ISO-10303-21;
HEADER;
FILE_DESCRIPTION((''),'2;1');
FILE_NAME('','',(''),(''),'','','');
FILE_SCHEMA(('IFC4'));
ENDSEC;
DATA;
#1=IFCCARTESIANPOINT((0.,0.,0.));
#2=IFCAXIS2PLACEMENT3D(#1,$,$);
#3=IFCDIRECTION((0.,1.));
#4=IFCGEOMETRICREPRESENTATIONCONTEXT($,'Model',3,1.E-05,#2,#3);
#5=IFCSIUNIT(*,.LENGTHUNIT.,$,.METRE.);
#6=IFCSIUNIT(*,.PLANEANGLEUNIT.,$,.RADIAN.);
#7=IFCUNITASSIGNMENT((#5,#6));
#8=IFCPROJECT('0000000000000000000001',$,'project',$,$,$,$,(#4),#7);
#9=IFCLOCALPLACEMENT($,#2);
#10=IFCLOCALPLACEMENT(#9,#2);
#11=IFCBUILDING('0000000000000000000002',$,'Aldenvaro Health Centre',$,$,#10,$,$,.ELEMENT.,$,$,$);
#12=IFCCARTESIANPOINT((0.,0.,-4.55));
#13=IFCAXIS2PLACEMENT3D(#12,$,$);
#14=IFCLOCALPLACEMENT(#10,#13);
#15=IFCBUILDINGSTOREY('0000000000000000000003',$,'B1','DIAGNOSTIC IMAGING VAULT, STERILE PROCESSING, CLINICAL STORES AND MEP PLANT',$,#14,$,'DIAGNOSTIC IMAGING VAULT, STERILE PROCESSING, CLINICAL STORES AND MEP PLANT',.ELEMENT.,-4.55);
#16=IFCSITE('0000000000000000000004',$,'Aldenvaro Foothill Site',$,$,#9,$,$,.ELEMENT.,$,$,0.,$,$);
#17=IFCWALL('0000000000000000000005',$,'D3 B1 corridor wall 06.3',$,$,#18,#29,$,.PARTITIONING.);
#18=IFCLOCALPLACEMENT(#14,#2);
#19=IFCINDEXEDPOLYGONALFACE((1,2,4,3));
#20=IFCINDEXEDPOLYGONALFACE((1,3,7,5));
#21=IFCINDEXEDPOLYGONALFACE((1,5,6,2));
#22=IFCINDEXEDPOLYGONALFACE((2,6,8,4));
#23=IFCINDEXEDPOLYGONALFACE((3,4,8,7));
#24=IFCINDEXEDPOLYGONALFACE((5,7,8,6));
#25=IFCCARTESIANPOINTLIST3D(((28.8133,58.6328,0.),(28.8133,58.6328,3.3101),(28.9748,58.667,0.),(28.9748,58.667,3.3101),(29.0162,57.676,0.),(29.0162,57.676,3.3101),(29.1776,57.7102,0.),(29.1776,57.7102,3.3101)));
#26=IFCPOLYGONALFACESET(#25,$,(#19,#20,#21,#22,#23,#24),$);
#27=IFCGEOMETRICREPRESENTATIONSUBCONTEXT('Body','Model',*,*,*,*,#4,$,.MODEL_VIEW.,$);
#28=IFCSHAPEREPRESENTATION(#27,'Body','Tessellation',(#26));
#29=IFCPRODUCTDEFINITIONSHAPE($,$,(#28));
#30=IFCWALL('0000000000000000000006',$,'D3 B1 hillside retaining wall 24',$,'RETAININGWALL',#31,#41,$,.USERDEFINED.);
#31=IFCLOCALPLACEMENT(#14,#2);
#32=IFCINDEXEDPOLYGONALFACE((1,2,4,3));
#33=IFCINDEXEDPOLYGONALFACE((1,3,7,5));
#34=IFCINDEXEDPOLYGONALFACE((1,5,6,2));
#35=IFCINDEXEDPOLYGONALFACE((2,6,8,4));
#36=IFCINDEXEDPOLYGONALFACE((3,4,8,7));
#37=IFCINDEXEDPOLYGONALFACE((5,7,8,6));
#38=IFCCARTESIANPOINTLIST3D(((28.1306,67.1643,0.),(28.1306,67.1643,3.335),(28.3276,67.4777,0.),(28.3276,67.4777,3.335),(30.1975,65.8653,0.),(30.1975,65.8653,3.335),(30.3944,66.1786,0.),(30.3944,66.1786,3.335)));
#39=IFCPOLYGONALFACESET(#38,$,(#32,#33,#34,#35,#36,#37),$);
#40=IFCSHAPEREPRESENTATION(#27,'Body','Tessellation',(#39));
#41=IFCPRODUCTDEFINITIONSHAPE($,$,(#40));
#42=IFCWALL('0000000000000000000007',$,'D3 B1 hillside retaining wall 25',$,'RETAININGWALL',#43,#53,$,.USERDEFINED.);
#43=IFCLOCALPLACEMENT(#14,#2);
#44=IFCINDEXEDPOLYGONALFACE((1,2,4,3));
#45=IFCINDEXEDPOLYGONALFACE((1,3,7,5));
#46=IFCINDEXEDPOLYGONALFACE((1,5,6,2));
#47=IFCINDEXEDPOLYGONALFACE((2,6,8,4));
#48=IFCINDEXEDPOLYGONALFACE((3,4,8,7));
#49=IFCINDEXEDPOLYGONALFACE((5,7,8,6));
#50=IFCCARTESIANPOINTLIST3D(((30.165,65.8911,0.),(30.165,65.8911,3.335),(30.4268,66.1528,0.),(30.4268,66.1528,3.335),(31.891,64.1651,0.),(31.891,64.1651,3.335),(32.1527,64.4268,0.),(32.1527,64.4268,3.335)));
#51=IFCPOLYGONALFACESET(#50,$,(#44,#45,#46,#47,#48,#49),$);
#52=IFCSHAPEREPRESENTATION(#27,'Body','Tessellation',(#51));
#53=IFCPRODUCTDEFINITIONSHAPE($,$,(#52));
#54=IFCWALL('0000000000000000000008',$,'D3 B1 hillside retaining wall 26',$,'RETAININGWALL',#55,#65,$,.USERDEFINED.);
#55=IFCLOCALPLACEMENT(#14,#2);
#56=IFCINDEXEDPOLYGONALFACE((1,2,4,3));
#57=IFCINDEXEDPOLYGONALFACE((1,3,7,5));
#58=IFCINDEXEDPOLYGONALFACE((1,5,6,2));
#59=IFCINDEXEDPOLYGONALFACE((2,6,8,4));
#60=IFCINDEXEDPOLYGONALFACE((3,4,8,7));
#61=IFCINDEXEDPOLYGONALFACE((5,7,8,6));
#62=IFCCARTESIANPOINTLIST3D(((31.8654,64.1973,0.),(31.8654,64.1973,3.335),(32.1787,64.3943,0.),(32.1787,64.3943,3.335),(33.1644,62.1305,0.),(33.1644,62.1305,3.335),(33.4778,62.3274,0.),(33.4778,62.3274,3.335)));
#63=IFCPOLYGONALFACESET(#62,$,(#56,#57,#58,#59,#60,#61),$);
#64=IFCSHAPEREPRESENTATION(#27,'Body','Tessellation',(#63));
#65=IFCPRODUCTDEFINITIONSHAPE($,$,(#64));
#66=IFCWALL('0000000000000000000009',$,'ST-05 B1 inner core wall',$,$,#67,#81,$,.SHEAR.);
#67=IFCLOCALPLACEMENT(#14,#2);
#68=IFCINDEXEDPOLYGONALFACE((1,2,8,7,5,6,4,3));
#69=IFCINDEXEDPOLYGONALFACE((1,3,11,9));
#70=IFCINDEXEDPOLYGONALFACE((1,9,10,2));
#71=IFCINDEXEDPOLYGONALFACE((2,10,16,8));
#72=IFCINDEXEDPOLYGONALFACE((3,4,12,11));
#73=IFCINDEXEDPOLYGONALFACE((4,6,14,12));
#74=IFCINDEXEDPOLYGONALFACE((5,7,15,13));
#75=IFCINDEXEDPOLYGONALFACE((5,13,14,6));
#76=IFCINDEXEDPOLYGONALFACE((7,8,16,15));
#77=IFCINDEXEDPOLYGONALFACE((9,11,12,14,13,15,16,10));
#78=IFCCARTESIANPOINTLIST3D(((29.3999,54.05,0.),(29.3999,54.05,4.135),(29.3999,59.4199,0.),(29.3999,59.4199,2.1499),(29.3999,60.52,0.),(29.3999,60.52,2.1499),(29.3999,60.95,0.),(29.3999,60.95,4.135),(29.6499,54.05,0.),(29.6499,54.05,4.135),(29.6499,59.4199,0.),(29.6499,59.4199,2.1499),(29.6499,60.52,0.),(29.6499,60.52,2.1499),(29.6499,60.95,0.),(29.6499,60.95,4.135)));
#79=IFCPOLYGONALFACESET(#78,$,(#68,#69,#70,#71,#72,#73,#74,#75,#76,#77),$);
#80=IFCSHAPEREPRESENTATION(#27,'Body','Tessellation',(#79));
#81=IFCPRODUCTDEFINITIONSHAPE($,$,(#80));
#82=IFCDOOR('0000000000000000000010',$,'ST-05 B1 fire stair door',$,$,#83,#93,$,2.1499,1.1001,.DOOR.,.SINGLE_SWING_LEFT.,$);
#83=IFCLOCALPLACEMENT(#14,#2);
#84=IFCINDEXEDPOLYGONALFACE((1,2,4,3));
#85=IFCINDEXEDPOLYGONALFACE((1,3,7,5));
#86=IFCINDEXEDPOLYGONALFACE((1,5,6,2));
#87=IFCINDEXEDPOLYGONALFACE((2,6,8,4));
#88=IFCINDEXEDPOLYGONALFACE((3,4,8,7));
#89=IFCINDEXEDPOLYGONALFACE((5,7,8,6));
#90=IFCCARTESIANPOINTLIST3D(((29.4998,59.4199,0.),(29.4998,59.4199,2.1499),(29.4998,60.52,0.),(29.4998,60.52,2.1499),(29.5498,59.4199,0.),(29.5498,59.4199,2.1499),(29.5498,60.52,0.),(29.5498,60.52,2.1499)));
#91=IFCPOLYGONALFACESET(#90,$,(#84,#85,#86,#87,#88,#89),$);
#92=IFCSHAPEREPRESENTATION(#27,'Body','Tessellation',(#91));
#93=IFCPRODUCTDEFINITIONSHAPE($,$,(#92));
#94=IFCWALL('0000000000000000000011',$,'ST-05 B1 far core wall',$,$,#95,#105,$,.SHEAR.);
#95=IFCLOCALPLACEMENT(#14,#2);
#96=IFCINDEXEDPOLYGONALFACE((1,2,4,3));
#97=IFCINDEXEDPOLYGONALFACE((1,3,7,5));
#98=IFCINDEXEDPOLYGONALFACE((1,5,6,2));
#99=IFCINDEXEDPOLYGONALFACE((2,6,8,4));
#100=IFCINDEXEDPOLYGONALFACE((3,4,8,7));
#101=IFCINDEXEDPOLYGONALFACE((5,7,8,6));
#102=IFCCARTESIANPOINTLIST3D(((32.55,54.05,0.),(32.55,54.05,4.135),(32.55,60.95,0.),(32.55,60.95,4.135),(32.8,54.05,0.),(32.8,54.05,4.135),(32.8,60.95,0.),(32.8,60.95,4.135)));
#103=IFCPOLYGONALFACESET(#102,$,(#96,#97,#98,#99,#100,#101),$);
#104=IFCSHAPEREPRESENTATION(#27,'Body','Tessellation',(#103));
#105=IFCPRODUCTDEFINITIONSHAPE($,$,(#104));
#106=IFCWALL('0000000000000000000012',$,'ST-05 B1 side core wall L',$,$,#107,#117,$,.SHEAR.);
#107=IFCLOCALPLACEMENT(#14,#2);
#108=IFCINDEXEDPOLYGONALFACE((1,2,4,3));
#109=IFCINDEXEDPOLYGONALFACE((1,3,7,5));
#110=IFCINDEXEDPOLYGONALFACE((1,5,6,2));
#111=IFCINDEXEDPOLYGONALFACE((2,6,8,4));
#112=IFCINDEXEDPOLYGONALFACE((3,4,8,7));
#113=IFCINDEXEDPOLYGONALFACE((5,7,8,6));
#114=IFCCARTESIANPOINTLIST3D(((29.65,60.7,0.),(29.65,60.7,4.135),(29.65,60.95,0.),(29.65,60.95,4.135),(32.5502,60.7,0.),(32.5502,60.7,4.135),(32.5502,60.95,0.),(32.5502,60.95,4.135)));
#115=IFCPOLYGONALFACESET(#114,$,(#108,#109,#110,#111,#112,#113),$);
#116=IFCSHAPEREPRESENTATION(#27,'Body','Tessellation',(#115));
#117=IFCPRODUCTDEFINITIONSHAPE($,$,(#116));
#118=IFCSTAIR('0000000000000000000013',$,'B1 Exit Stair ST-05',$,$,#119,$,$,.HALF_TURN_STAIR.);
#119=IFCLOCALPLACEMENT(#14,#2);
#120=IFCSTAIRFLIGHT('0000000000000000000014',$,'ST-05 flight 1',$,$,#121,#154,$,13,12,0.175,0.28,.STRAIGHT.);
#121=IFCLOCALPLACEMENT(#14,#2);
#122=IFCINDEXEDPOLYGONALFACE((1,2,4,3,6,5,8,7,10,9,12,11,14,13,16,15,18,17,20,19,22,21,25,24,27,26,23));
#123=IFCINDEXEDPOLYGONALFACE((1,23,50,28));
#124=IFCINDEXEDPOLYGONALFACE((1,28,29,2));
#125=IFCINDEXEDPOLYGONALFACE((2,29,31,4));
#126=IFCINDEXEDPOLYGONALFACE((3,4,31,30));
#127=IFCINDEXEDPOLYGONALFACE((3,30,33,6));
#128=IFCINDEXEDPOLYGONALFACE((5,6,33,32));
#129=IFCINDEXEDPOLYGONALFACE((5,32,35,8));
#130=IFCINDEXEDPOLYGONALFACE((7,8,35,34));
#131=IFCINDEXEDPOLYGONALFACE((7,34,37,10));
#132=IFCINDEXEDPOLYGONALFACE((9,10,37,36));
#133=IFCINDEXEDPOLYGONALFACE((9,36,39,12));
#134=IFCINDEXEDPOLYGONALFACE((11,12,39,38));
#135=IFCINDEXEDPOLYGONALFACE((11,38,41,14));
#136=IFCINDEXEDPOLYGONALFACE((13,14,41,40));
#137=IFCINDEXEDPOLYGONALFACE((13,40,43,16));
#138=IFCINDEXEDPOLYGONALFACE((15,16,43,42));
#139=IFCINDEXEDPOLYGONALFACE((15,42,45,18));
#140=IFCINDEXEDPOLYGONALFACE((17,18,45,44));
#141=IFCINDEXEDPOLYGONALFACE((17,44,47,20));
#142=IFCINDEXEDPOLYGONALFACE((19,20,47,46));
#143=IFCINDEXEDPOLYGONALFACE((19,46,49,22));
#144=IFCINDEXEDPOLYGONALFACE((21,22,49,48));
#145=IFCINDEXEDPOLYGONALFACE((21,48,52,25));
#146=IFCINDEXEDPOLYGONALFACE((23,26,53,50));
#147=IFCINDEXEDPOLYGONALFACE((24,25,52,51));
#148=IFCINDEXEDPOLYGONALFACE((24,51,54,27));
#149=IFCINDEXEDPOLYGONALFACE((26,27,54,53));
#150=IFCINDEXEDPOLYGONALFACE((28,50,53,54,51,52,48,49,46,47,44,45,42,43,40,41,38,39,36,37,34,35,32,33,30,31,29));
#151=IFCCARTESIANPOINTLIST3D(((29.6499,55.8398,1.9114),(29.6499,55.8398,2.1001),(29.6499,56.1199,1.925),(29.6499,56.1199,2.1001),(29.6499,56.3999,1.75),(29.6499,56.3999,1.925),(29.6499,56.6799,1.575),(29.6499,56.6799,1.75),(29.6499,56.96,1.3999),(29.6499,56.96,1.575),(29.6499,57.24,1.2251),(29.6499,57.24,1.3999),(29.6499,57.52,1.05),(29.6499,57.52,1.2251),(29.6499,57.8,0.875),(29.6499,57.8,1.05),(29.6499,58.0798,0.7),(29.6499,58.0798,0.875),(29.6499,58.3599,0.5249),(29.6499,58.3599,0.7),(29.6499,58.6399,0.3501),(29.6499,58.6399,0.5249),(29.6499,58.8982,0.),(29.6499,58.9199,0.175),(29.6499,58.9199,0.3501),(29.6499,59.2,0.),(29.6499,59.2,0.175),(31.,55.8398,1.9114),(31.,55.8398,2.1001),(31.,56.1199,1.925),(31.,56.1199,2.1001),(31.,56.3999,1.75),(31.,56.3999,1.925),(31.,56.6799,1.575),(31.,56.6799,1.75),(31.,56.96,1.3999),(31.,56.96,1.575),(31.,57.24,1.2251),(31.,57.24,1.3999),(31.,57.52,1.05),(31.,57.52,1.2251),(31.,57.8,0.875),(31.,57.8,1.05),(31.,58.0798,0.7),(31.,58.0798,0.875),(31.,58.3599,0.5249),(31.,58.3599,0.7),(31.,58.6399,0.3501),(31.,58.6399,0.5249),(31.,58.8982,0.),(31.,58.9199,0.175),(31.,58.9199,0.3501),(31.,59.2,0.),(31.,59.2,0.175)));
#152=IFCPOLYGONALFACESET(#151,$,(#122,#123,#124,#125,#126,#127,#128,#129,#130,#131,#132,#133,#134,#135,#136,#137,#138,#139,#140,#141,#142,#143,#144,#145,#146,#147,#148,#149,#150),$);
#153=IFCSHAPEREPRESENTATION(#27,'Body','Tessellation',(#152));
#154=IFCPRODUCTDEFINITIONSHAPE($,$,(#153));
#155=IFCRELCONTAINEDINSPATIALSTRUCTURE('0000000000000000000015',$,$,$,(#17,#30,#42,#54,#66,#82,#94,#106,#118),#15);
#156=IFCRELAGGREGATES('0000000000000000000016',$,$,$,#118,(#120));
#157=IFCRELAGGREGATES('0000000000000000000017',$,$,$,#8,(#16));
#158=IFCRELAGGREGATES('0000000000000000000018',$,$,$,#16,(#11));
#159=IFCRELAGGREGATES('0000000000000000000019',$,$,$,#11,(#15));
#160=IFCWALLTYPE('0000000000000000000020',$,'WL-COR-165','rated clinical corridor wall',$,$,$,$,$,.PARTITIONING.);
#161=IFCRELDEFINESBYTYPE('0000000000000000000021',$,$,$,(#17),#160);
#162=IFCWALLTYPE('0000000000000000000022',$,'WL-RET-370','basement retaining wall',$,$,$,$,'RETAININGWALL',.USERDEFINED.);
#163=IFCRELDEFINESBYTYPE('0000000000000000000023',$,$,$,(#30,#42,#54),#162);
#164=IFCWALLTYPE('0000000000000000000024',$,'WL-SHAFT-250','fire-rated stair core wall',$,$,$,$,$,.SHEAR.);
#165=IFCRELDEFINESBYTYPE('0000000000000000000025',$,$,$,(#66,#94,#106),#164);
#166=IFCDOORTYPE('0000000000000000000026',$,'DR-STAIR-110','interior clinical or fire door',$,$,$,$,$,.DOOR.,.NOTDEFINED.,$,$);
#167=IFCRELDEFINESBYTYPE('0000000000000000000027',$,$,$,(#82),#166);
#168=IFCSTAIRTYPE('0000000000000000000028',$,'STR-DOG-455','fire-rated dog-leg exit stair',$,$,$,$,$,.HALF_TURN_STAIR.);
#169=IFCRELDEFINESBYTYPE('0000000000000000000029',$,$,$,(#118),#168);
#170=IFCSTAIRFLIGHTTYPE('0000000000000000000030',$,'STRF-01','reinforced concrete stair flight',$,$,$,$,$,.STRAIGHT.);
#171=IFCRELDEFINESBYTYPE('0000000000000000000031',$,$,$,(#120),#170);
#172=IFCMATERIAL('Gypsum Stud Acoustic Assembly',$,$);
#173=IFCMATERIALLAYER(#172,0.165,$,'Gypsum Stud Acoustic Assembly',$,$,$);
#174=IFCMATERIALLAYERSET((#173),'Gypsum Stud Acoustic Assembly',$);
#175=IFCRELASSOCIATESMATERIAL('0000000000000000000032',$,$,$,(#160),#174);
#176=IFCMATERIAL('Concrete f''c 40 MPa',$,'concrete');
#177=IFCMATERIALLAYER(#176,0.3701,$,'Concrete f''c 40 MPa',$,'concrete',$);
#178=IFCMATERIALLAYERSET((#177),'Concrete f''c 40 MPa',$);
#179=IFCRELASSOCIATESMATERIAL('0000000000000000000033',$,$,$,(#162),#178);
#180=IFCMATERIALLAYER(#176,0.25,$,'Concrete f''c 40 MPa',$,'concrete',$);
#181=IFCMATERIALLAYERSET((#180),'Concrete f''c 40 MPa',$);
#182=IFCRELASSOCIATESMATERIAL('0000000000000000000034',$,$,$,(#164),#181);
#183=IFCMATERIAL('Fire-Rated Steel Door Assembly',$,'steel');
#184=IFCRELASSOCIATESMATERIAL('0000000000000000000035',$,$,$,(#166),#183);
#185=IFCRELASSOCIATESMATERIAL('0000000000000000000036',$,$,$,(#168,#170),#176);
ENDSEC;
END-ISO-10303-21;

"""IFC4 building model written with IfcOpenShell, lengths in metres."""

from ifc_helpers import new_model, si_unit, direction, frame, frame_2d, origin, place, context, subcontext, project, spatial, polyline, rectangle, outline, extrude, material, layer, layer_set, type_object, element, fill, aggregate, save


model = new_model("IFC4")

# Units and contexts
model_context = context("Model", 3, precision=1e-05, world=origin(), true_north=direction((0.0, 1.0)))
body_context = subcontext(model_context, "Body", "Model", "MODEL_VIEW")
ifc_project = project(units=[si_unit("LENGTHUNIT", "METRE"), si_unit("PLANEANGLEUNIT", "RADIAN")], contexts=[model_context])

# Site, building, storey
site_placement = place(None, origin())
site = spatial("IfcSite", under=ifc_project, at=site_placement, Name="Aldenvaro Foothill Site", CompositionType="ELEMENT", RefElevation=0.0)
building_placement = place(site_placement, origin())
building = spatial("IfcBuilding", under=site, at=building_placement, Name="Aldenvaro Health Centre", CompositionType="ELEMENT")
storey_placement = place(building_placement, frame((0.0, 0.0, -4.55)))
storey = spatial("IfcBuildingStorey", under=building, at=storey_placement, Name="B1", Description="DIAGNOSTIC IMAGING VAULT, STERILE PROCESSING, CLINICAL STORES AND MEP PLANT", LongName="DIAGNOSTIC IMAGING VAULT, STERILE PROCESSING, CLINICAL STORES AND MEP PLANT", CompositionType="ELEMENT", Elevation=-4.55)

# Shared definitions
ifc_material_1 = material(Name="Concrete f'c 40 MPa", Category="concrete")

# Walls
ifc_material_2 = material(Name="Gypsum Stud Acoustic Assembly")
ifc_layer_1 = layer(ifc_material_2, 0.165, Name="Gypsum Stud Acoustic Assembly")
ifc_layer_set_1 = layer_set([ifc_layer_1], Name="Gypsum Stud Acoustic Assembly")
wall_type_1 = type_object("IfcWallType", Name="WL-COR-165", Description="rated clinical corridor wall", PredefinedType="PARTITIONING", material=ifc_layer_set_1)
wall_1_placement = place(storey_placement, frame((29.0969, 57.6931, 0.0), z_axis=(0.0, 0.0, 1.0), x_axis=(-0.207432, 0.978249, 0.0)))
element("IfcWall", 1, at=wall_1_placement, inside=storey, type_object=wall_type_1, Name="D3 B1 corridor wall 06.3", PredefinedType="PARTITIONING", context=body_context, shape_type="SweptSolid", body=[
    extrude(rectangle(XDim=0.978, YDim=0.165, at=frame_2d((0.489, 0.0))), origin(), (0.0, 0.0, 1.0), 3.3101),
])
ifc_layer_2 = layer(ifc_material_1, 0.3701, Name="Concrete f'c 40 MPa", Category="concrete")
ifc_layer_set_2 = layer_set([ifc_layer_2], Name="Concrete f'c 40 MPa")
wall_type_2 = type_object("IfcWallType", Name="WL-RET-370", Description="basement retaining wall", ElementType="RETAININGWALL", PredefinedType="USERDEFINED", material=ifc_layer_set_2)
wall_2_placement = place(storey_placement, frame((28.229, 67.321, 0.0), z_axis=(0.0, 0.0, 1.0), x_axis=(0.846658, -0.532137, 0.0)))
element("IfcWall", 2, at=wall_2_placement, inside=storey, type_object=wall_type_2, Name="D3 B1 hillside retaining wall 24", ObjectType="RETAININGWALL", PredefinedType="USERDEFINED", context=body_context, shape_type="SweptSolid", body=[
    extrude(rectangle(XDim=2.4412, YDim=0.3701, at=frame_2d((1.2207, 0.0))), origin(), (0.0, 0.0, 1.0), 3.335),
])
wall_3_placement = place(storey_placement, frame((30.2959, 66.022, 0.0), z_axis=(0.0, 0.0, 1.0), x_axis=(0.707107, -0.707107, 0.0)))
element("IfcWall", 3, at=wall_3_placement, inside=storey, type_object=wall_type_2, Name="D3 B1 hillside retaining wall 25", ObjectType="RETAININGWALL", PredefinedType="USERDEFINED", context=body_context, shape_type="SweptSolid", body=[
    extrude(rectangle(XDim=2.4409, YDim=0.3701, at=frame_2d((1.2205, 0.0))), origin(), (0.0, 0.0, 1.0), 3.335),
])
wall_4_placement = place(storey_placement, frame((32.022, 64.2959, 0.0), z_axis=(0.0, 0.0, 1.0), x_axis=(0.532137, -0.846658, 0.0)))
element("IfcWall", 4, at=wall_4_placement, inside=storey, type_object=wall_type_2, Name="D3 B1 hillside retaining wall 26", ObjectType="RETAININGWALL", PredefinedType="USERDEFINED", context=body_context, shape_type="SweptSolid", body=[
    extrude(rectangle(XDim=2.4412, YDim=0.3701, at=frame_2d((1.2207, 0.0))), origin(), (0.0, 0.0, 1.0), 3.335),
])

# Wall, opening, door
ifc_layer_3 = layer(ifc_material_1, 0.25, Name="Concrete f'c 40 MPa", Category="concrete")
ifc_layer_set_3 = layer_set([ifc_layer_3], Name="Concrete f'c 40 MPa")
wall_type_3 = type_object("IfcWallType", Name="WL-SHAFT-250", Description="fire-rated stair core wall", PredefinedType="SHEAR", material=ifc_layer_set_3)
wall_5_placement = place(storey_placement, frame((29.5249, 60.95, 0.0), z_axis=(0.0, 0.0, 1.0), x_axis=(0.0, -1.0, 0.0)))
wall_5 = element("IfcWall", 5, at=wall_5_placement, inside=storey, type_object=wall_type_3, Name="ST-05 B1 inner core wall", PredefinedType="SHEAR", context=body_context, shape_type="SweptSolid", body=[
    extrude(rectangle(XDim=6.8999, YDim=0.25, at=frame_2d((3.45, 0.0))), origin(), (0.0, 0.0, 1.0), 4.135),
])
opening_placement = place(wall_5_placement, frame((0.4299, 0.0, 0.0)))
opening = element("IfcOpeningElement", 6, at=opening_placement, cuts=wall_5, PredefinedType="OPENING", context=body_context, shape_type="SweptSolid", body=[
    extrude(rectangle(XDim=1.1001, YDim=2.1499, at=frame_2d((0.55, 1.075))), frame((0.0, 0.135, 0.0), z_axis=(0.0, -1.0, 0.0), x_axis=(1.0, 0.0, 0.0)), (0.0, 0.0, 1.0), 0.27),
])
ifc_material_3 = material(Name="Fire-Rated Steel Door Assembly", Category="steel")
door_type = type_object("IfcDoorType", Name="DR-STAIR-110", Description="interior clinical or fire door", OperationType="NOTDEFINED", PredefinedType="DOOR", material=ifc_material_3)
door_placement = place(opening_placement, origin())
door = element("IfcDoor", 7, at=door_placement, inside=storey, type_object=door_type, Name="ST-05 B1 fire stair door", OperationType="SINGLE_SWING_LEFT", OverallHeight=2.1499, OverallWidth=1.1001, PredefinedType="DOOR", context=body_context, shape_type="SweptSolid", body=[
    extrude(rectangle(XDim=1.1001, YDim=2.1499, at=frame_2d((0.55, 1.075))), frame((0.0, 0.0249, 0.0), z_axis=(0.0, -1.0, 0.0), x_axis=(1.0, 0.0, 0.0)), (0.0, 0.0, 1.0), 0.05),
])
fill(opening, door)

# Walls
wall_6_placement = place(storey_placement, frame((32.675, 60.95, 0.0), z_axis=(0.0, 0.0, 1.0), x_axis=(0.0, -1.0, 0.0)))
element("IfcWall", 8, at=wall_6_placement, inside=storey, type_object=wall_type_3, Name="ST-05 B1 far core wall", PredefinedType="SHEAR", context=body_context, shape_type="SweptSolid", body=[
    extrude(rectangle(XDim=6.8999, YDim=0.25, at=frame_2d((3.45, 0.0))), origin(), (0.0, 0.0, 1.0), 4.135),
])
wall_7_placement = place(storey_placement, frame((29.6499, 60.825, 0.0), z_axis=(0.0, 0.0, 1.0), x_axis=(1.0, 0.0, 0.0)))
element("IfcWall", 9, at=wall_7_placement, inside=storey, type_object=wall_type_3, Name="ST-05 B1 side core wall L", PredefinedType="SHEAR", context=body_context, shape_type="SweptSolid", body=[
    extrude(rectangle(XDim=2.9001, YDim=0.25, at=frame_2d((1.4502, 0.0))), origin(), (0.0, 0.0, 1.0), 4.135),
])

# Stair, stair flight
stair_type = type_object("IfcStairType", Name="STR-DOG-455", Description="fire-rated dog-leg exit stair", PredefinedType="HALF_TURN_STAIR", material=ifc_material_1)
stair_placement = place(storey_placement, origin())
stair = element("IfcStair", 10, at=stair_placement, inside=storey, type_object=stair_type, Name="B1 Exit Stair ST-05", PredefinedType="HALF_TURN_STAIR")
stair_flight_type = type_object("IfcStairFlightType", Name="STRF-01", Description="reinforced concrete stair flight", PredefinedType="STRAIGHT", material=ifc_material_1)
stair_flight_placement = place(storey_placement, frame((30.325, 59.2, 0.0), z_axis=(0.0, 0.0, 1.0), x_axis=(0.0, -1.0, 0.0)))
stair_flight = element("IfcStairFlight", 11, at=stair_flight_placement, type_object=stair_flight_type, Name="ST-05 flight 1", NumberOfRisers=13, NumberOfTreads=12, PredefinedType="STRAIGHT", RiserHeight=0.175, TreadLength=0.28, context=body_context, shape_type="SweptSolid", body=[
    extrude(outline(polyline([(0.0, 0.0), (0.0, 0.175), (0.28, 0.175), (0.28, 0.3501), (0.5601, 0.3501), (0.5601, 0.5249), (0.8401, 0.5249), (0.8401, 0.7), (1.1201, 0.7), (1.1201, 0.875), (1.3999, 0.875), (1.3999, 1.05), (1.6799, 1.05), (1.6799, 1.2251), (1.96, 1.2251), (1.96, 1.3999), (2.24, 1.3999), (2.24, 1.575), (2.52, 1.575), (2.52, 1.75), (2.8, 1.75), (2.8, 1.925), (3.0801, 1.925), (3.0801, 2.1001), (3.3601, 2.1001), (3.3601, 2.2749), (3.3601, 1.9114), (0.3018, 0.0), (0.0, 0.0)])), frame((0.0, 0.675, 0.0), z_axis=(0.0, -1.0, 0.0), x_axis=(1.0, 0.0, 0.0)), (0.0, 0.0, 1.0), 1.3501),
])
aggregate(stair, [stair_flight])

save(model, "model.ifc")
